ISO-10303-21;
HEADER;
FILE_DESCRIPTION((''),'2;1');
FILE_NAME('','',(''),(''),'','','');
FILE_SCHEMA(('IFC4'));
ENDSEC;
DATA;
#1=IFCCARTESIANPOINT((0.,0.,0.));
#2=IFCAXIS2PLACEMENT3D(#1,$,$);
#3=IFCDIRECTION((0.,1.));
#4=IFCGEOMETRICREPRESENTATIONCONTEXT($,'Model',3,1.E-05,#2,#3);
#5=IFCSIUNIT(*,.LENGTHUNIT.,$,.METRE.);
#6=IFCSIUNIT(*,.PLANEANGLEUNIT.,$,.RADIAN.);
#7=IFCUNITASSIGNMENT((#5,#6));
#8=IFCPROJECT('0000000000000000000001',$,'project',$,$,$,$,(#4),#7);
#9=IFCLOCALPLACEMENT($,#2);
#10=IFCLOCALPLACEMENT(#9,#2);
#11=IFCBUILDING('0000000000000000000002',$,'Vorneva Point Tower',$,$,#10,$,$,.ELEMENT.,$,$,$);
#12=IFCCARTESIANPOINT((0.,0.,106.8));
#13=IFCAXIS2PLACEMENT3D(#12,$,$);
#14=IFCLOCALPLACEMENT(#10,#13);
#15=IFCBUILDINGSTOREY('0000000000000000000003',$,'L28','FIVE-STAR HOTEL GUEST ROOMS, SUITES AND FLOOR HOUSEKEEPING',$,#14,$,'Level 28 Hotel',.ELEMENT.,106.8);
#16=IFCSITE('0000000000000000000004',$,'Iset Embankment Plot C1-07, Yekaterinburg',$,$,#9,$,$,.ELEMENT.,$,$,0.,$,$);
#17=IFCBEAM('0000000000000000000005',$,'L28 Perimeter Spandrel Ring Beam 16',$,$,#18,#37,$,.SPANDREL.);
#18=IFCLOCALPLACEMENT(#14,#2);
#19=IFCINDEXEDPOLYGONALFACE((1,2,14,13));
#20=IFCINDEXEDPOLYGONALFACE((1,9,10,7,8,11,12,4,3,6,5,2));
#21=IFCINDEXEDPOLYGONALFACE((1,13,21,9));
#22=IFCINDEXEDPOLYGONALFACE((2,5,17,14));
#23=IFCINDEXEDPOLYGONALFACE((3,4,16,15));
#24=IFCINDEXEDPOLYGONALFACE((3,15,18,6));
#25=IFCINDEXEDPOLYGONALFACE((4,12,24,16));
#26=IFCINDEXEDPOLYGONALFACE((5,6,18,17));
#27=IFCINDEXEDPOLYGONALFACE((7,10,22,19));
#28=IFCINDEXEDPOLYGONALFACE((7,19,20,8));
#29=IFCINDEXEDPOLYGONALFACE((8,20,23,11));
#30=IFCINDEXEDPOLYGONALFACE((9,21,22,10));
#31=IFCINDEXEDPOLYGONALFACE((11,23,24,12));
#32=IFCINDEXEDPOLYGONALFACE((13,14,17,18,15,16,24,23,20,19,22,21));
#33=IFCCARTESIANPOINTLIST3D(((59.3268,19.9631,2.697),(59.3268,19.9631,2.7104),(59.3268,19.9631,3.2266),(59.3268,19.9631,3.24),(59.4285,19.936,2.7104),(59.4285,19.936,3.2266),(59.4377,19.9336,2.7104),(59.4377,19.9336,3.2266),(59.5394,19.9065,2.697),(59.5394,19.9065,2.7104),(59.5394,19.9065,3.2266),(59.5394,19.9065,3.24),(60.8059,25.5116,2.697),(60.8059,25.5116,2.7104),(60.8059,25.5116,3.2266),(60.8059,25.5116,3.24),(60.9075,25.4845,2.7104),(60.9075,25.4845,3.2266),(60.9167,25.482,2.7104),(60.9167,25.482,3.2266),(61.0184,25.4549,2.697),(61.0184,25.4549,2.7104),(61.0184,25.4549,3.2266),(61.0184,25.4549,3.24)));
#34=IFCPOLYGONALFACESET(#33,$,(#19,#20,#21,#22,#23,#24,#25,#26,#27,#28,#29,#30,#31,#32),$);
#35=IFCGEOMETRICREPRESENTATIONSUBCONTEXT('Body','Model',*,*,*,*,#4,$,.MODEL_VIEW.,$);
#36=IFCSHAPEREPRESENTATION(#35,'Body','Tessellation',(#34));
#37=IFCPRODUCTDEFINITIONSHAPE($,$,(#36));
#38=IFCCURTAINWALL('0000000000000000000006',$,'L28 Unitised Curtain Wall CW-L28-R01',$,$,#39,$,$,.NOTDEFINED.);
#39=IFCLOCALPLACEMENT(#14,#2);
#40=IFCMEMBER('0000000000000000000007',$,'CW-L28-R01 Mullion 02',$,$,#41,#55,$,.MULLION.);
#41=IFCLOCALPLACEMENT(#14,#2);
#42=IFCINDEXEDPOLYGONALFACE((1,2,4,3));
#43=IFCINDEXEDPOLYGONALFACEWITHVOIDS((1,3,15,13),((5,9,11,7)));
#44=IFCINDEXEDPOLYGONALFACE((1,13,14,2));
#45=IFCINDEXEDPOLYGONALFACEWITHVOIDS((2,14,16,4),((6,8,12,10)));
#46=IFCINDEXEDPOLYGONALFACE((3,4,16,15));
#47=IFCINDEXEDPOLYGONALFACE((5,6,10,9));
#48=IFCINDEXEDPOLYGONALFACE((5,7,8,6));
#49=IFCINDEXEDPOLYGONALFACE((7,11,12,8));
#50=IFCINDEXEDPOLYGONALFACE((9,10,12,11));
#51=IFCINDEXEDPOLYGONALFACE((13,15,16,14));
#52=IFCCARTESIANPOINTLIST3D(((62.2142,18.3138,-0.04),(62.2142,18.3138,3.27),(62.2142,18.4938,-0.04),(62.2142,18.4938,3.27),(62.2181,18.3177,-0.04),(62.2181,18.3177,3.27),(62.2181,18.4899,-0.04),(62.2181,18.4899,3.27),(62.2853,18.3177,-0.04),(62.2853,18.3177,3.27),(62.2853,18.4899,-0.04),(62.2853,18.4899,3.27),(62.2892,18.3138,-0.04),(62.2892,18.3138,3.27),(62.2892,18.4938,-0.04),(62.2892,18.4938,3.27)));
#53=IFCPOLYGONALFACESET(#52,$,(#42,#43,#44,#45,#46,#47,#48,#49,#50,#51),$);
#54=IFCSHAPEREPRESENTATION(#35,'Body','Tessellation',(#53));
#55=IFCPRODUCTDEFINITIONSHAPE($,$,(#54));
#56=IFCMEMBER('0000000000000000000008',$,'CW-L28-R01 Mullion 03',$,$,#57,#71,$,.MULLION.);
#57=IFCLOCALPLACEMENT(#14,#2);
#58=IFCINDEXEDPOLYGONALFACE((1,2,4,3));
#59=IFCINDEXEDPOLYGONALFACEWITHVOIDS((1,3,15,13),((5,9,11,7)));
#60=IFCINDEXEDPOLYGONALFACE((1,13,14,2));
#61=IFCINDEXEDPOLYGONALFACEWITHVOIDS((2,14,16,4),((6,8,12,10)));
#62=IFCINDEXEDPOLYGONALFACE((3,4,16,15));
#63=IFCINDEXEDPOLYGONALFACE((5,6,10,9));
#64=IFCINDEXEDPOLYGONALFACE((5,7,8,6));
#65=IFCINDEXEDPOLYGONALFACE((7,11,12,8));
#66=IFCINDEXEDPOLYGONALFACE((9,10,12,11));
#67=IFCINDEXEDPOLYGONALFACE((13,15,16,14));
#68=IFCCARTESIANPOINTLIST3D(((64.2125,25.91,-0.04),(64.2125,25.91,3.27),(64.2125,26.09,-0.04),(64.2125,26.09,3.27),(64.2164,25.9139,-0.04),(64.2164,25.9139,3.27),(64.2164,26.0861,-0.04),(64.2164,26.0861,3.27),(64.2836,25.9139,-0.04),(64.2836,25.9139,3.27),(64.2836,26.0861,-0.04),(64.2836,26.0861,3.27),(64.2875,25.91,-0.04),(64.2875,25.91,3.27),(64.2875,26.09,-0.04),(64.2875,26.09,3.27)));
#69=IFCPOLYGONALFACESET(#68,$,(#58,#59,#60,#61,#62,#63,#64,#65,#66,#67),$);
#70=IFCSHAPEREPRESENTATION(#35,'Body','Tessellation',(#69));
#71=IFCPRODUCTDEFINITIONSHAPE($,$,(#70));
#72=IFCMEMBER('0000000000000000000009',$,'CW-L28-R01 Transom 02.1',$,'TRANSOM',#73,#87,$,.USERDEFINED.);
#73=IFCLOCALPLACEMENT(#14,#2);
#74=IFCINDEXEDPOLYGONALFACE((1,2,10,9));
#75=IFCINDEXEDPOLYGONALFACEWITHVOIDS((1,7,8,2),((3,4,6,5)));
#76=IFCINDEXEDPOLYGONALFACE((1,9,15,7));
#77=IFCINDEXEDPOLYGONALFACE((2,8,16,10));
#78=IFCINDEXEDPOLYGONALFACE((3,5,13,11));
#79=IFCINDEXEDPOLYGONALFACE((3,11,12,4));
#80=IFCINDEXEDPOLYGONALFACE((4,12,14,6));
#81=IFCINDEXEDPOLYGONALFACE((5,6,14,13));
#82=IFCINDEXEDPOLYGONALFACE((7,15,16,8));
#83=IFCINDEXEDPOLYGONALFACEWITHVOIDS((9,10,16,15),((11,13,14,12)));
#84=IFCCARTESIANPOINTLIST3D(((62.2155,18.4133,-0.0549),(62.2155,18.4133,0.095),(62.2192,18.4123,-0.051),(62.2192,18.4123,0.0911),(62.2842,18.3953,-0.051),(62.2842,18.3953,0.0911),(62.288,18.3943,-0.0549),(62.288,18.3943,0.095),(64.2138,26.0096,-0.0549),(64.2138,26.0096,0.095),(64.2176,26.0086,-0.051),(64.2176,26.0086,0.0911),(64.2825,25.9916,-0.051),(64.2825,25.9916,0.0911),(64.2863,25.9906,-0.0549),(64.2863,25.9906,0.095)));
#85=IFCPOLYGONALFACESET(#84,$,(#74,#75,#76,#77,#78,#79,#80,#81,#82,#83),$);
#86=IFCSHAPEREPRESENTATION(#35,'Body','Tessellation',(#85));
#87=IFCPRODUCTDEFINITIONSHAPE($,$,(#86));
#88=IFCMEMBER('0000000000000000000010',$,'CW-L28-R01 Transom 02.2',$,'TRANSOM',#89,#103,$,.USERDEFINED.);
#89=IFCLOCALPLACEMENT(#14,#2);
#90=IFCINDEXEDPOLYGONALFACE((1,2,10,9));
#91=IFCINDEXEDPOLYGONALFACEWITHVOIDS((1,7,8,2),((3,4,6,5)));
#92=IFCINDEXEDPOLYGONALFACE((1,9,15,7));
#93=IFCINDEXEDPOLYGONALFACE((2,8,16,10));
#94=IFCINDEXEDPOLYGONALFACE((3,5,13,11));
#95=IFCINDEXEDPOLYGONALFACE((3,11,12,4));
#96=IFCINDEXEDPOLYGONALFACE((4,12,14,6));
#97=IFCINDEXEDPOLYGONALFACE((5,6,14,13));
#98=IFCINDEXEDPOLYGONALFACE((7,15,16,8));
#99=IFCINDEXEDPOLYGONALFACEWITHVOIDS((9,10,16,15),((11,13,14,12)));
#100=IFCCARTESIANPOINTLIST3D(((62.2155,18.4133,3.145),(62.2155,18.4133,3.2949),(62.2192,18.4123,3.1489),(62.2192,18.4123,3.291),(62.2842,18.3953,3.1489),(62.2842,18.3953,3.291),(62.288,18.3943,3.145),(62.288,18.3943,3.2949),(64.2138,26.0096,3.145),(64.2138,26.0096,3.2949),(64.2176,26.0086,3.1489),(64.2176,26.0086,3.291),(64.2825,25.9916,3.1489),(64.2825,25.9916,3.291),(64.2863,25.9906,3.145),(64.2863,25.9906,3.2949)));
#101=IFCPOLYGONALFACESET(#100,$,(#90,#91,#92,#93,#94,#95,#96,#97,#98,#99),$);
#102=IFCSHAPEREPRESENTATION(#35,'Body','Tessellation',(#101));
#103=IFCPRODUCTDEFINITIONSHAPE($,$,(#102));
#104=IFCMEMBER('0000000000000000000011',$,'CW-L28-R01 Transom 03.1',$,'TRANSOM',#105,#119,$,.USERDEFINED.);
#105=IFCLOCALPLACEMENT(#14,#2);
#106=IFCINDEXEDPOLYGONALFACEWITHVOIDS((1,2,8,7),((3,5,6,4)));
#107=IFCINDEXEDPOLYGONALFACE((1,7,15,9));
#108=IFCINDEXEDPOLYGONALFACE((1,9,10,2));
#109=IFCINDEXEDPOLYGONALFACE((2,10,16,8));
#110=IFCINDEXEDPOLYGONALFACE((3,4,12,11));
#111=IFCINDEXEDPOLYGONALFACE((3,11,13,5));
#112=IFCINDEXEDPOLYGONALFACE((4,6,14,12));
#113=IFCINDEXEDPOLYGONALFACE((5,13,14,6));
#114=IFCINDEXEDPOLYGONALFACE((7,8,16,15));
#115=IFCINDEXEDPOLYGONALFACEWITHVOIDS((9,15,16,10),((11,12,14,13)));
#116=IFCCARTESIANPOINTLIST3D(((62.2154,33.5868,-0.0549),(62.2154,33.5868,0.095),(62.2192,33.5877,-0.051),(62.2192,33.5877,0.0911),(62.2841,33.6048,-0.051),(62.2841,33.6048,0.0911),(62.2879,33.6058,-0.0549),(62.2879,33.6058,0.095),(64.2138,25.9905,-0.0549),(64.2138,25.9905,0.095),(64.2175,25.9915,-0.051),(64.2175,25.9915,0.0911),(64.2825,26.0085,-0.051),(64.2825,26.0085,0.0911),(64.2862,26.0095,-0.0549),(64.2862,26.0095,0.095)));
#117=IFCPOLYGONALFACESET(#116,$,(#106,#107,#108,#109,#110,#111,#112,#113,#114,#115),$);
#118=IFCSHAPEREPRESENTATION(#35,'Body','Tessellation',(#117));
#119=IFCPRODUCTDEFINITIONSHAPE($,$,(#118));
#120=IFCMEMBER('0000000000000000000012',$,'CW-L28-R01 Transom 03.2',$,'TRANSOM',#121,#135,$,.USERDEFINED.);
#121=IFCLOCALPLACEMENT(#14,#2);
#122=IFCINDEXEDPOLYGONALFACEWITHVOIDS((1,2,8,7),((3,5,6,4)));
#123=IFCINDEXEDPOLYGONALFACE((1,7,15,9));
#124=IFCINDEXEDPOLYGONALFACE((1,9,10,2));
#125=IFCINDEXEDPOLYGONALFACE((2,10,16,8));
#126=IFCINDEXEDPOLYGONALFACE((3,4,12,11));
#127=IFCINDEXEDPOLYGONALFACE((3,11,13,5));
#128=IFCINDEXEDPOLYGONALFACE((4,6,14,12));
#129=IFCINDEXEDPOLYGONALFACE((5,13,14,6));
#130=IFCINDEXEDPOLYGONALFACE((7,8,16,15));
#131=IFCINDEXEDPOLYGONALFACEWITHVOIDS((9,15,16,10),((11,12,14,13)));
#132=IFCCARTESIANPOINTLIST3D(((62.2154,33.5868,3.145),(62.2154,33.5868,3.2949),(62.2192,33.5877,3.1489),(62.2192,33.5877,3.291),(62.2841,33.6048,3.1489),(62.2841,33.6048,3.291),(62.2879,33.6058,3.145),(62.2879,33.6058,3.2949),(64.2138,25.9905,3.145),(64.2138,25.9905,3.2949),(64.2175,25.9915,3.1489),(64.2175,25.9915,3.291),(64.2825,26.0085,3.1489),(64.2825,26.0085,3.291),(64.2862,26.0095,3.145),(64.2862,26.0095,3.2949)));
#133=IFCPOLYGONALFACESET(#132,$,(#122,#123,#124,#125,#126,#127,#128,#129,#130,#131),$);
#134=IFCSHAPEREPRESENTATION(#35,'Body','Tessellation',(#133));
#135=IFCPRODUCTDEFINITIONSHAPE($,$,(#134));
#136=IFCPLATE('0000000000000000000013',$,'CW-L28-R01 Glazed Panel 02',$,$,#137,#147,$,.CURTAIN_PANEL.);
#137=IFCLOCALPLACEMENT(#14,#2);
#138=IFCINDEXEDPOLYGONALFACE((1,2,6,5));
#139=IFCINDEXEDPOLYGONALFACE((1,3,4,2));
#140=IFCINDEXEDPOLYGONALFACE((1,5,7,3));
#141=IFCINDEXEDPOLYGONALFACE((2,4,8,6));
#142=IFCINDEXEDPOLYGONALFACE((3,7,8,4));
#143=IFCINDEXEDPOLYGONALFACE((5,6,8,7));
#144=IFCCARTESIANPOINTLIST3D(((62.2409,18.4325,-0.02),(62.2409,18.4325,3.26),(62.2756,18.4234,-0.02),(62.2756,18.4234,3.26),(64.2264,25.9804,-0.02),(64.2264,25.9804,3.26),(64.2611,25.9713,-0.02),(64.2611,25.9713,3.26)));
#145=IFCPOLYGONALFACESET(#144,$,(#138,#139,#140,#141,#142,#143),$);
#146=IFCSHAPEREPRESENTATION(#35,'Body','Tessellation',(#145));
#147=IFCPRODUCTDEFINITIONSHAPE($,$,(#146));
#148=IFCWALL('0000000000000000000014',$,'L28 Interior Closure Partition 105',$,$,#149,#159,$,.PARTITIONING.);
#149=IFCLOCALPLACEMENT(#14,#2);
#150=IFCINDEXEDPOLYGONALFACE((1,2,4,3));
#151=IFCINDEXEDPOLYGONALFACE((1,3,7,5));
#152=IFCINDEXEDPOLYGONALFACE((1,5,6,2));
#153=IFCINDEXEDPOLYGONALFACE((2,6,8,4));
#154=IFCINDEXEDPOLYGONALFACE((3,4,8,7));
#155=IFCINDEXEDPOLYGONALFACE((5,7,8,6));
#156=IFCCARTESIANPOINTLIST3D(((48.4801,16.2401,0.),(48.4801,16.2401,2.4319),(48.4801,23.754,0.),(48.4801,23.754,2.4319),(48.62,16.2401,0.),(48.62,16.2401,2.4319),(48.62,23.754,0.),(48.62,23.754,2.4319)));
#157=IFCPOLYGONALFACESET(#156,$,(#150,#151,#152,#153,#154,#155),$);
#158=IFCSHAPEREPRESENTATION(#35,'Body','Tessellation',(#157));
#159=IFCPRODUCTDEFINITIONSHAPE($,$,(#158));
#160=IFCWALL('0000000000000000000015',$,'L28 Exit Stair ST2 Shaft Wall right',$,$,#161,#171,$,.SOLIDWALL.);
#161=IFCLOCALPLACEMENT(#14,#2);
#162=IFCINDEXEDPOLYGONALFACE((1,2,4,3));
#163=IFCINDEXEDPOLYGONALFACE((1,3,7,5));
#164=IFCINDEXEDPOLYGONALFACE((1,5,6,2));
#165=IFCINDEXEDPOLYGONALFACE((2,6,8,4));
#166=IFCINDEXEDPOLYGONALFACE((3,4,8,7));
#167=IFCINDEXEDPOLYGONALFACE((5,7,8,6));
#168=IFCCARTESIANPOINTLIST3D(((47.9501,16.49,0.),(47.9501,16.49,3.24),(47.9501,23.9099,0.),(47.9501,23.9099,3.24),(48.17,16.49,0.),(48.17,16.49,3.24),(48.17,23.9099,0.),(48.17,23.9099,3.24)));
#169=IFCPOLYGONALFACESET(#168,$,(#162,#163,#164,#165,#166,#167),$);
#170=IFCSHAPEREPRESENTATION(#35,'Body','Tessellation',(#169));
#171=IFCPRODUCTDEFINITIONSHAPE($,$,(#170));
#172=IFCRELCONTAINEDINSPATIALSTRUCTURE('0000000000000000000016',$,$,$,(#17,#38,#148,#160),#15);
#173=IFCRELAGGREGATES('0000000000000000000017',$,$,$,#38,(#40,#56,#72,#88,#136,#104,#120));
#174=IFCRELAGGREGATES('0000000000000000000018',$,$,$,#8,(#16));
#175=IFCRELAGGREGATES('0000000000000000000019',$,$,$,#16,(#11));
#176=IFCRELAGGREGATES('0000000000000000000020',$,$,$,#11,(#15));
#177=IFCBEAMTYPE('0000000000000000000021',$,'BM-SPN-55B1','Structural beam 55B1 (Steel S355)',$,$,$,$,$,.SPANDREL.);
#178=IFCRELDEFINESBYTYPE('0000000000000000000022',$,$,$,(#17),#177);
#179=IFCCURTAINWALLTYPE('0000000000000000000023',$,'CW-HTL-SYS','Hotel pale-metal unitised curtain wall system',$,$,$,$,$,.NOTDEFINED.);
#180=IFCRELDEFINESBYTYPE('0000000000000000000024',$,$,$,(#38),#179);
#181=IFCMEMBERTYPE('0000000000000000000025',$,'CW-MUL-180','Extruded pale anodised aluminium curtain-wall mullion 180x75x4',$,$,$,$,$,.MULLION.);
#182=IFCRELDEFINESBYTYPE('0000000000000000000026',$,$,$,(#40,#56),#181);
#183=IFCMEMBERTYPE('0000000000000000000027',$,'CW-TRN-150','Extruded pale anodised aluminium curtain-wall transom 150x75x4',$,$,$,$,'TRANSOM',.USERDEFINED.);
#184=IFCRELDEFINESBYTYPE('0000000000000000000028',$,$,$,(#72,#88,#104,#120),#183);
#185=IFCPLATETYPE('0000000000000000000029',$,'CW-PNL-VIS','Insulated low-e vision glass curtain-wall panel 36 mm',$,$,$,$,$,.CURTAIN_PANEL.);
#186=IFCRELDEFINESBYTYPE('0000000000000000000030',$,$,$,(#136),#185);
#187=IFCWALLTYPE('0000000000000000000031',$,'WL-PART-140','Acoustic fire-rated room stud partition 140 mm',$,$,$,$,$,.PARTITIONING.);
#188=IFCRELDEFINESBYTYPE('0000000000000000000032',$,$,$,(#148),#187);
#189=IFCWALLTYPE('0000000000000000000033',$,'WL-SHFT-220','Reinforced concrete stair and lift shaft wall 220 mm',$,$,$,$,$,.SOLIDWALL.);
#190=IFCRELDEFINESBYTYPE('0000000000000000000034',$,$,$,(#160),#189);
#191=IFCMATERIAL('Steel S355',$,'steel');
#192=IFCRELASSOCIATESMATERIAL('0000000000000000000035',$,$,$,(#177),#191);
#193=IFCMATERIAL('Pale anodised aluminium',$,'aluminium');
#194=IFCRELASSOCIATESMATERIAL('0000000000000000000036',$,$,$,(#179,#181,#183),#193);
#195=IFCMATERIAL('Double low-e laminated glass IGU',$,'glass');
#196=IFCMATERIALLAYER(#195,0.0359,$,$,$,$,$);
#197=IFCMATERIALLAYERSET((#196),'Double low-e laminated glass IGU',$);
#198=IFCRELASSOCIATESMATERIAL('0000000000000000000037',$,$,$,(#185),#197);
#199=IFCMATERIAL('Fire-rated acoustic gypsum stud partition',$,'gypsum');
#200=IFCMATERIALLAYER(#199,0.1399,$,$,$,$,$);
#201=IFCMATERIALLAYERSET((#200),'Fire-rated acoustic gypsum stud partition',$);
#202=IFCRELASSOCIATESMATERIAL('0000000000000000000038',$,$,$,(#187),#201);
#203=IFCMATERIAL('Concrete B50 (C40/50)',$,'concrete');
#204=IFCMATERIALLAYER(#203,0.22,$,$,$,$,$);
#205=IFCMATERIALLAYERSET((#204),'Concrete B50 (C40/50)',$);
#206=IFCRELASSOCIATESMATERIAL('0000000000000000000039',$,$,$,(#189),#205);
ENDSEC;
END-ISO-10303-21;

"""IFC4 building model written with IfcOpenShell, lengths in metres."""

from ifc_helpers import new_model, si_unit, direction, frame, frame_2d, origin, origin_2d, place, context, subcontext, project, spatial, rectangle, hollow_rectangle, i_section, extrude, material, layer, layer_set, material_profile, profile_set, type_object, element, aggregate, save


model = new_model("IFC4")

# Units and contexts
model_context = context("Model", 3, precision=1e-05, world=origin(), true_north=direction((0.0, 1.0)))
body_context = subcontext(model_context, "Body", "Model", "MODEL_VIEW")
ifc_project = project(units=[si_unit("LENGTHUNIT", "METRE"), si_unit("PLANEANGLEUNIT", "RADIAN")], contexts=[model_context])

# Site, building, storey
site_placement = place(None, origin())
site = spatial("IfcSite", under=ifc_project, at=site_placement, Name="Iset Embankment Plot C1-07, Yekaterinburg", CompositionType="ELEMENT", RefElevation=0.0)
building_placement = place(site_placement, origin())
building = spatial("IfcBuilding", under=site, at=building_placement, Name="Vorneva Point Tower", CompositionType="ELEMENT")
storey_placement = place(building_placement, frame((0.0, 0.0, 106.8)))
storey = spatial("IfcBuildingStorey", under=building, at=storey_placement, Name="L28", Description="FIVE-STAR HOTEL GUEST ROOMS, SUITES AND FLOOR HOUSEKEEPING", LongName="Level 28 Hotel", CompositionType="ELEMENT", Elevation=106.8)

# Beam
ifc_material_1 = material(Name="Steel S355", Category="steel")
ifc_material_profile_1 = material_profile(ifc_material_1, i_section(OverallWidth=0.22, OverallDepth=0.543, WebThickness=0.0095, FlangeThickness=0.0134, at=origin_2d()), Name="55B1")
ifc_profile_set_1 = profile_set([ifc_material_profile_1], Name="Steel S355")
beam_type_1 = type_object("IfcBeamType", Name="BM-SPN-55B1", Description="Structural beam 55B1 (Steel S355)", PredefinedType="SPANDREL", material=ifc_profile_set_1)
for number, where, z_axis, x_axis, name in (
    (1, (59.4331, 19.9348, 2.9685), (0.257573, 0.966259, 0.0), (-0.966259, 0.257573, 0.0), "L28 Perimeter Spandrel Ring Beam 16"),
):
    element("IfcBeam", number, at=place(storey_placement, frame(where, z_axis=z_axis, x_axis=x_axis)), inside=storey, type_object=beam_type_1, Name=name, PredefinedType="SPANDREL", context=body_context, shape_type="SweptSolid", body=[
        extrude(i_section(OverallWidth=0.22, OverallDepth=0.543, WebThickness=0.0095, FlangeThickness=0.0134, at=origin_2d()), origin(), (0.0, 0.0, 1.0), 5.7422),
    ])

# Curtain wall, members, plate
ifc_material_2 = material(Name="Pale anodised aluminium", Category="aluminium")
curtain_wall_type = type_object("IfcCurtainWallType", Name="CW-HTL-SYS", Description="Hotel pale-metal unitised curtain wall system", PredefinedType="NOTDEFINED", material=ifc_material_2)
curtain_wall_placement = place(storey_placement, origin())
curtain_wall = element("IfcCurtainWall", 2, at=curtain_wall_placement, inside=storey, type_object=curtain_wall_type, Name="L28 Unitised Curtain Wall CW-L28-R01", PredefinedType="NOTDEFINED")
ifc_material_profile_2 = material_profile(ifc_material_2, hollow_rectangle(XDim=0.075, YDim=0.1799, WallThickness=0.0039, at=origin_2d()), Name="AL-MUL 180x75x4")
ifc_profile_set_2 = profile_set([ifc_material_profile_2], Name="Pale anodised aluminium")
member_type_1 = type_object("IfcMemberType", Name="CW-MUL-180", Description="Extruded pale anodised aluminium curtain-wall mullion 180x75x4", PredefinedType="MULLION", material=ifc_profile_set_2)
member_1_placement = place(storey_placement, frame((62.2517, 18.4038, -0.04), z_axis=(0.0, 0.0, 1.0), x_axis=(1.0, 0.0, 0.0)))
member_1 = element("IfcMember", 3, at=member_1_placement, type_object=member_type_1, Name="CW-L28-R01 Mullion 02", PredefinedType="MULLION", context=body_context, shape_type="SweptSolid", body=[
    extrude(hollow_rectangle(XDim=0.075, YDim=0.1799, WallThickness=0.0039, at=origin_2d()), origin(), (0.0, 0.0, 1.0), 3.3101),
])
member_2_placement = place(storey_placement, frame((64.25, 26.0, -0.04), z_axis=(0.0, 0.0, 1.0), x_axis=(1.0, 0.0, 0.0)))
member_2 = element("IfcMember", 4, at=member_2_placement, type_object=member_type_1, Name="CW-L28-R01 Mullion 03", PredefinedType="MULLION", context=body_context, shape_type="SweptSolid", body=[
    extrude(hollow_rectangle(XDim=0.075, YDim=0.1799, WallThickness=0.0039, at=origin_2d()), origin(), (0.0, 0.0, 1.0), 3.3101),
])
ifc_material_profile_3 = material_profile(ifc_material_2, hollow_rectangle(XDim=0.075, YDim=0.1499, WallThickness=0.0039, at=origin_2d()), Name="AL-TRN 150x75x4")
ifc_profile_set_3 = profile_set([ifc_material_profile_3], Name="Pale anodised aluminium")
member_type_2 = type_object("IfcMemberType", Name="CW-TRN-150", Description="Extruded pale anodised aluminium curtain-wall transom 150x75x4", ElementType="TRANSOM", PredefinedType="USERDEFINED", material=ifc_profile_set_3)
member_3_placement = place(storey_placement, frame((62.2517, 18.4038, 0.02), z_axis=(0.254409, 0.967097, 0.0), x_axis=(-0.967097, 0.254409, 0.0)))
member_3 = element("IfcMember", 5, at=member_3_placement, type_object=member_type_2, Name="CW-L28-R01 Transom 02.1", ObjectType="TRANSOM", PredefinedType="USERDEFINED", context=body_context, shape_type="SweptSolid", body=[
    extrude(hollow_rectangle(XDim=0.075, YDim=0.1499, WallThickness=0.0039, at=origin_2d()), origin(), (0.0, 0.0, 1.0), 7.8547),
])
member_4_placement = place(storey_placement, frame((62.2517, 18.4038, 3.22), z_axis=(0.254409, 0.967097, 0.0), x_axis=(-0.967097, 0.254409, 0.0)))
member_4 = element("IfcMember", 6, at=member_4_placement, type_object=member_type_2, Name="CW-L28-R01 Transom 02.2", ObjectType="TRANSOM", PredefinedType="USERDEFINED", context=body_context, shape_type="SweptSolid", body=[
    extrude(hollow_rectangle(XDim=0.075, YDim=0.1499, WallThickness=0.0039, at=origin_2d()), origin(), (0.0, 0.0, 1.0), 7.8547),
])
member_5_placement = place(storey_placement, frame((64.25, 26.0, 0.02), z_axis=(-0.254409, 0.967097, 0.0), x_axis=(-0.967097, -0.254409, 0.0)))
member_5 = element("IfcMember", 7, at=member_5_placement, type_object=member_type_2, Name="CW-L28-R01 Transom 03.1", ObjectType="TRANSOM", PredefinedType="USERDEFINED", context=body_context, shape_type="SweptSolid", body=[
    extrude(hollow_rectangle(XDim=0.075, YDim=0.1499, WallThickness=0.0039, at=origin_2d()), origin(), (0.0, 0.0, 1.0), 7.8547),
])
member_6_placement = place(storey_placement, frame((64.25, 26.0, 3.22), z_axis=(-0.254409, 0.967097, 0.0), x_axis=(-0.967097, -0.254409, 0.0)))
member_6 = element("IfcMember", 8, at=member_6_placement, type_object=member_type_2, Name="CW-L28-R01 Transom 03.2", ObjectType="TRANSOM", PredefinedType="USERDEFINED", context=body_context, shape_type="SweptSolid", body=[
    extrude(hollow_rectangle(XDim=0.075, YDim=0.1499, WallThickness=0.0039, at=origin_2d()), origin(), (0.0, 0.0, 1.0), 7.8547),
])
ifc_material_3 = material(Name="Double low-e laminated glass IGU", Category="glass")
ifc_layer_1 = layer(ifc_material_3, 0.0359)
ifc_layer_set_1 = layer_set([ifc_layer_1], Name="Double low-e laminated glass IGU")
plate_type = type_object("IfcPlateType", Name="CW-PNL-VIS", Description="Insulated low-e vision glass curtain-wall panel 36 mm", PredefinedType="CURTAIN_PANEL", material=ifc_layer_set_1)
plate_placement = place(storey_placement, frame((63.251, 22.2019, -0.02), z_axis=(0.0, 0.0, 1.0), x_axis=(0.254399, 0.967099, 0.0)))
plate = element("IfcPlate", 9, at=plate_placement, type_object=plate_type, Name="CW-L28-R01 Glazed Panel 02", PredefinedType="CURTAIN_PANEL", context=body_context, shape_type="SweptSolid", body=[
    extrude(rectangle(XDim=7.8047, YDim=0.0359, at=origin_2d()), origin(), (0.0, 0.0, 1.0), 3.28),
])
aggregate(curtain_wall, [member_1, member_2, member_3, member_4, plate, member_5, member_6])

# Wall
ifc_material_4 = material(Name="Fire-rated acoustic gypsum stud partition", Category="gypsum")
ifc_layer_2 = layer(ifc_material_4, 0.1399)
ifc_layer_set_2 = layer_set([ifc_layer_2], Name="Fire-rated acoustic gypsum stud partition")
wall_type_1 = type_object("IfcWallType", Name="WL-PART-140", Description="Acoustic fire-rated room stud partition 140 mm", PredefinedType="PARTITIONING", material=ifc_layer_set_2)
wall_1_placement = place(storey_placement, frame((48.55, 23.7539, 0.0), z_axis=(0.0, 0.0, 1.0), x_axis=(0.0, -1.0, 0.0)))
element("IfcWall", 10, at=wall_1_placement, inside=storey, type_object=wall_type_1, Name="L28 Interior Closure Partition 105", PredefinedType="PARTITIONING", context=body_context, shape_type="SweptSolid", body=[
    extrude(rectangle(XDim=7.5139, YDim=0.1399, at=frame_2d((3.7568, 0.0))), origin(), (0.0, 0.0, 1.0), 2.4319),
])

# Wall
ifc_material_5 = material(Name="Concrete B50 (C40/50)", Category="concrete")
ifc_layer_3 = layer(ifc_material_5, 0.22)
ifc_layer_set_3 = layer_set([ifc_layer_3], Name="Concrete B50 (C40/50)")
wall_type_2 = type_object("IfcWallType", Name="WL-SHFT-220", Description="Reinforced concrete stair and lift shaft wall 220 mm", PredefinedType="SOLIDWALL", material=ifc_layer_set_3)
wall_2_placement = place(storey_placement, frame((48.0601, 23.9099, 0.0), z_axis=(0.0, 0.0, 1.0), x_axis=(0.0, -1.0, 0.0)))
element("IfcWall", 11, at=wall_2_placement, inside=storey, type_object=wall_type_2, Name="L28 Exit Stair ST2 Shaft Wall right", PredefinedType="SOLIDWALL", context=body_context, shape_type="SweptSolid", body=[
    extrude(rectangle(XDim=7.4199, YDim=0.22, at=frame_2d((3.71, 0.0))), origin(), (0.0, 0.0, 1.0), 3.24),
])

save(model, "model.ifc")
